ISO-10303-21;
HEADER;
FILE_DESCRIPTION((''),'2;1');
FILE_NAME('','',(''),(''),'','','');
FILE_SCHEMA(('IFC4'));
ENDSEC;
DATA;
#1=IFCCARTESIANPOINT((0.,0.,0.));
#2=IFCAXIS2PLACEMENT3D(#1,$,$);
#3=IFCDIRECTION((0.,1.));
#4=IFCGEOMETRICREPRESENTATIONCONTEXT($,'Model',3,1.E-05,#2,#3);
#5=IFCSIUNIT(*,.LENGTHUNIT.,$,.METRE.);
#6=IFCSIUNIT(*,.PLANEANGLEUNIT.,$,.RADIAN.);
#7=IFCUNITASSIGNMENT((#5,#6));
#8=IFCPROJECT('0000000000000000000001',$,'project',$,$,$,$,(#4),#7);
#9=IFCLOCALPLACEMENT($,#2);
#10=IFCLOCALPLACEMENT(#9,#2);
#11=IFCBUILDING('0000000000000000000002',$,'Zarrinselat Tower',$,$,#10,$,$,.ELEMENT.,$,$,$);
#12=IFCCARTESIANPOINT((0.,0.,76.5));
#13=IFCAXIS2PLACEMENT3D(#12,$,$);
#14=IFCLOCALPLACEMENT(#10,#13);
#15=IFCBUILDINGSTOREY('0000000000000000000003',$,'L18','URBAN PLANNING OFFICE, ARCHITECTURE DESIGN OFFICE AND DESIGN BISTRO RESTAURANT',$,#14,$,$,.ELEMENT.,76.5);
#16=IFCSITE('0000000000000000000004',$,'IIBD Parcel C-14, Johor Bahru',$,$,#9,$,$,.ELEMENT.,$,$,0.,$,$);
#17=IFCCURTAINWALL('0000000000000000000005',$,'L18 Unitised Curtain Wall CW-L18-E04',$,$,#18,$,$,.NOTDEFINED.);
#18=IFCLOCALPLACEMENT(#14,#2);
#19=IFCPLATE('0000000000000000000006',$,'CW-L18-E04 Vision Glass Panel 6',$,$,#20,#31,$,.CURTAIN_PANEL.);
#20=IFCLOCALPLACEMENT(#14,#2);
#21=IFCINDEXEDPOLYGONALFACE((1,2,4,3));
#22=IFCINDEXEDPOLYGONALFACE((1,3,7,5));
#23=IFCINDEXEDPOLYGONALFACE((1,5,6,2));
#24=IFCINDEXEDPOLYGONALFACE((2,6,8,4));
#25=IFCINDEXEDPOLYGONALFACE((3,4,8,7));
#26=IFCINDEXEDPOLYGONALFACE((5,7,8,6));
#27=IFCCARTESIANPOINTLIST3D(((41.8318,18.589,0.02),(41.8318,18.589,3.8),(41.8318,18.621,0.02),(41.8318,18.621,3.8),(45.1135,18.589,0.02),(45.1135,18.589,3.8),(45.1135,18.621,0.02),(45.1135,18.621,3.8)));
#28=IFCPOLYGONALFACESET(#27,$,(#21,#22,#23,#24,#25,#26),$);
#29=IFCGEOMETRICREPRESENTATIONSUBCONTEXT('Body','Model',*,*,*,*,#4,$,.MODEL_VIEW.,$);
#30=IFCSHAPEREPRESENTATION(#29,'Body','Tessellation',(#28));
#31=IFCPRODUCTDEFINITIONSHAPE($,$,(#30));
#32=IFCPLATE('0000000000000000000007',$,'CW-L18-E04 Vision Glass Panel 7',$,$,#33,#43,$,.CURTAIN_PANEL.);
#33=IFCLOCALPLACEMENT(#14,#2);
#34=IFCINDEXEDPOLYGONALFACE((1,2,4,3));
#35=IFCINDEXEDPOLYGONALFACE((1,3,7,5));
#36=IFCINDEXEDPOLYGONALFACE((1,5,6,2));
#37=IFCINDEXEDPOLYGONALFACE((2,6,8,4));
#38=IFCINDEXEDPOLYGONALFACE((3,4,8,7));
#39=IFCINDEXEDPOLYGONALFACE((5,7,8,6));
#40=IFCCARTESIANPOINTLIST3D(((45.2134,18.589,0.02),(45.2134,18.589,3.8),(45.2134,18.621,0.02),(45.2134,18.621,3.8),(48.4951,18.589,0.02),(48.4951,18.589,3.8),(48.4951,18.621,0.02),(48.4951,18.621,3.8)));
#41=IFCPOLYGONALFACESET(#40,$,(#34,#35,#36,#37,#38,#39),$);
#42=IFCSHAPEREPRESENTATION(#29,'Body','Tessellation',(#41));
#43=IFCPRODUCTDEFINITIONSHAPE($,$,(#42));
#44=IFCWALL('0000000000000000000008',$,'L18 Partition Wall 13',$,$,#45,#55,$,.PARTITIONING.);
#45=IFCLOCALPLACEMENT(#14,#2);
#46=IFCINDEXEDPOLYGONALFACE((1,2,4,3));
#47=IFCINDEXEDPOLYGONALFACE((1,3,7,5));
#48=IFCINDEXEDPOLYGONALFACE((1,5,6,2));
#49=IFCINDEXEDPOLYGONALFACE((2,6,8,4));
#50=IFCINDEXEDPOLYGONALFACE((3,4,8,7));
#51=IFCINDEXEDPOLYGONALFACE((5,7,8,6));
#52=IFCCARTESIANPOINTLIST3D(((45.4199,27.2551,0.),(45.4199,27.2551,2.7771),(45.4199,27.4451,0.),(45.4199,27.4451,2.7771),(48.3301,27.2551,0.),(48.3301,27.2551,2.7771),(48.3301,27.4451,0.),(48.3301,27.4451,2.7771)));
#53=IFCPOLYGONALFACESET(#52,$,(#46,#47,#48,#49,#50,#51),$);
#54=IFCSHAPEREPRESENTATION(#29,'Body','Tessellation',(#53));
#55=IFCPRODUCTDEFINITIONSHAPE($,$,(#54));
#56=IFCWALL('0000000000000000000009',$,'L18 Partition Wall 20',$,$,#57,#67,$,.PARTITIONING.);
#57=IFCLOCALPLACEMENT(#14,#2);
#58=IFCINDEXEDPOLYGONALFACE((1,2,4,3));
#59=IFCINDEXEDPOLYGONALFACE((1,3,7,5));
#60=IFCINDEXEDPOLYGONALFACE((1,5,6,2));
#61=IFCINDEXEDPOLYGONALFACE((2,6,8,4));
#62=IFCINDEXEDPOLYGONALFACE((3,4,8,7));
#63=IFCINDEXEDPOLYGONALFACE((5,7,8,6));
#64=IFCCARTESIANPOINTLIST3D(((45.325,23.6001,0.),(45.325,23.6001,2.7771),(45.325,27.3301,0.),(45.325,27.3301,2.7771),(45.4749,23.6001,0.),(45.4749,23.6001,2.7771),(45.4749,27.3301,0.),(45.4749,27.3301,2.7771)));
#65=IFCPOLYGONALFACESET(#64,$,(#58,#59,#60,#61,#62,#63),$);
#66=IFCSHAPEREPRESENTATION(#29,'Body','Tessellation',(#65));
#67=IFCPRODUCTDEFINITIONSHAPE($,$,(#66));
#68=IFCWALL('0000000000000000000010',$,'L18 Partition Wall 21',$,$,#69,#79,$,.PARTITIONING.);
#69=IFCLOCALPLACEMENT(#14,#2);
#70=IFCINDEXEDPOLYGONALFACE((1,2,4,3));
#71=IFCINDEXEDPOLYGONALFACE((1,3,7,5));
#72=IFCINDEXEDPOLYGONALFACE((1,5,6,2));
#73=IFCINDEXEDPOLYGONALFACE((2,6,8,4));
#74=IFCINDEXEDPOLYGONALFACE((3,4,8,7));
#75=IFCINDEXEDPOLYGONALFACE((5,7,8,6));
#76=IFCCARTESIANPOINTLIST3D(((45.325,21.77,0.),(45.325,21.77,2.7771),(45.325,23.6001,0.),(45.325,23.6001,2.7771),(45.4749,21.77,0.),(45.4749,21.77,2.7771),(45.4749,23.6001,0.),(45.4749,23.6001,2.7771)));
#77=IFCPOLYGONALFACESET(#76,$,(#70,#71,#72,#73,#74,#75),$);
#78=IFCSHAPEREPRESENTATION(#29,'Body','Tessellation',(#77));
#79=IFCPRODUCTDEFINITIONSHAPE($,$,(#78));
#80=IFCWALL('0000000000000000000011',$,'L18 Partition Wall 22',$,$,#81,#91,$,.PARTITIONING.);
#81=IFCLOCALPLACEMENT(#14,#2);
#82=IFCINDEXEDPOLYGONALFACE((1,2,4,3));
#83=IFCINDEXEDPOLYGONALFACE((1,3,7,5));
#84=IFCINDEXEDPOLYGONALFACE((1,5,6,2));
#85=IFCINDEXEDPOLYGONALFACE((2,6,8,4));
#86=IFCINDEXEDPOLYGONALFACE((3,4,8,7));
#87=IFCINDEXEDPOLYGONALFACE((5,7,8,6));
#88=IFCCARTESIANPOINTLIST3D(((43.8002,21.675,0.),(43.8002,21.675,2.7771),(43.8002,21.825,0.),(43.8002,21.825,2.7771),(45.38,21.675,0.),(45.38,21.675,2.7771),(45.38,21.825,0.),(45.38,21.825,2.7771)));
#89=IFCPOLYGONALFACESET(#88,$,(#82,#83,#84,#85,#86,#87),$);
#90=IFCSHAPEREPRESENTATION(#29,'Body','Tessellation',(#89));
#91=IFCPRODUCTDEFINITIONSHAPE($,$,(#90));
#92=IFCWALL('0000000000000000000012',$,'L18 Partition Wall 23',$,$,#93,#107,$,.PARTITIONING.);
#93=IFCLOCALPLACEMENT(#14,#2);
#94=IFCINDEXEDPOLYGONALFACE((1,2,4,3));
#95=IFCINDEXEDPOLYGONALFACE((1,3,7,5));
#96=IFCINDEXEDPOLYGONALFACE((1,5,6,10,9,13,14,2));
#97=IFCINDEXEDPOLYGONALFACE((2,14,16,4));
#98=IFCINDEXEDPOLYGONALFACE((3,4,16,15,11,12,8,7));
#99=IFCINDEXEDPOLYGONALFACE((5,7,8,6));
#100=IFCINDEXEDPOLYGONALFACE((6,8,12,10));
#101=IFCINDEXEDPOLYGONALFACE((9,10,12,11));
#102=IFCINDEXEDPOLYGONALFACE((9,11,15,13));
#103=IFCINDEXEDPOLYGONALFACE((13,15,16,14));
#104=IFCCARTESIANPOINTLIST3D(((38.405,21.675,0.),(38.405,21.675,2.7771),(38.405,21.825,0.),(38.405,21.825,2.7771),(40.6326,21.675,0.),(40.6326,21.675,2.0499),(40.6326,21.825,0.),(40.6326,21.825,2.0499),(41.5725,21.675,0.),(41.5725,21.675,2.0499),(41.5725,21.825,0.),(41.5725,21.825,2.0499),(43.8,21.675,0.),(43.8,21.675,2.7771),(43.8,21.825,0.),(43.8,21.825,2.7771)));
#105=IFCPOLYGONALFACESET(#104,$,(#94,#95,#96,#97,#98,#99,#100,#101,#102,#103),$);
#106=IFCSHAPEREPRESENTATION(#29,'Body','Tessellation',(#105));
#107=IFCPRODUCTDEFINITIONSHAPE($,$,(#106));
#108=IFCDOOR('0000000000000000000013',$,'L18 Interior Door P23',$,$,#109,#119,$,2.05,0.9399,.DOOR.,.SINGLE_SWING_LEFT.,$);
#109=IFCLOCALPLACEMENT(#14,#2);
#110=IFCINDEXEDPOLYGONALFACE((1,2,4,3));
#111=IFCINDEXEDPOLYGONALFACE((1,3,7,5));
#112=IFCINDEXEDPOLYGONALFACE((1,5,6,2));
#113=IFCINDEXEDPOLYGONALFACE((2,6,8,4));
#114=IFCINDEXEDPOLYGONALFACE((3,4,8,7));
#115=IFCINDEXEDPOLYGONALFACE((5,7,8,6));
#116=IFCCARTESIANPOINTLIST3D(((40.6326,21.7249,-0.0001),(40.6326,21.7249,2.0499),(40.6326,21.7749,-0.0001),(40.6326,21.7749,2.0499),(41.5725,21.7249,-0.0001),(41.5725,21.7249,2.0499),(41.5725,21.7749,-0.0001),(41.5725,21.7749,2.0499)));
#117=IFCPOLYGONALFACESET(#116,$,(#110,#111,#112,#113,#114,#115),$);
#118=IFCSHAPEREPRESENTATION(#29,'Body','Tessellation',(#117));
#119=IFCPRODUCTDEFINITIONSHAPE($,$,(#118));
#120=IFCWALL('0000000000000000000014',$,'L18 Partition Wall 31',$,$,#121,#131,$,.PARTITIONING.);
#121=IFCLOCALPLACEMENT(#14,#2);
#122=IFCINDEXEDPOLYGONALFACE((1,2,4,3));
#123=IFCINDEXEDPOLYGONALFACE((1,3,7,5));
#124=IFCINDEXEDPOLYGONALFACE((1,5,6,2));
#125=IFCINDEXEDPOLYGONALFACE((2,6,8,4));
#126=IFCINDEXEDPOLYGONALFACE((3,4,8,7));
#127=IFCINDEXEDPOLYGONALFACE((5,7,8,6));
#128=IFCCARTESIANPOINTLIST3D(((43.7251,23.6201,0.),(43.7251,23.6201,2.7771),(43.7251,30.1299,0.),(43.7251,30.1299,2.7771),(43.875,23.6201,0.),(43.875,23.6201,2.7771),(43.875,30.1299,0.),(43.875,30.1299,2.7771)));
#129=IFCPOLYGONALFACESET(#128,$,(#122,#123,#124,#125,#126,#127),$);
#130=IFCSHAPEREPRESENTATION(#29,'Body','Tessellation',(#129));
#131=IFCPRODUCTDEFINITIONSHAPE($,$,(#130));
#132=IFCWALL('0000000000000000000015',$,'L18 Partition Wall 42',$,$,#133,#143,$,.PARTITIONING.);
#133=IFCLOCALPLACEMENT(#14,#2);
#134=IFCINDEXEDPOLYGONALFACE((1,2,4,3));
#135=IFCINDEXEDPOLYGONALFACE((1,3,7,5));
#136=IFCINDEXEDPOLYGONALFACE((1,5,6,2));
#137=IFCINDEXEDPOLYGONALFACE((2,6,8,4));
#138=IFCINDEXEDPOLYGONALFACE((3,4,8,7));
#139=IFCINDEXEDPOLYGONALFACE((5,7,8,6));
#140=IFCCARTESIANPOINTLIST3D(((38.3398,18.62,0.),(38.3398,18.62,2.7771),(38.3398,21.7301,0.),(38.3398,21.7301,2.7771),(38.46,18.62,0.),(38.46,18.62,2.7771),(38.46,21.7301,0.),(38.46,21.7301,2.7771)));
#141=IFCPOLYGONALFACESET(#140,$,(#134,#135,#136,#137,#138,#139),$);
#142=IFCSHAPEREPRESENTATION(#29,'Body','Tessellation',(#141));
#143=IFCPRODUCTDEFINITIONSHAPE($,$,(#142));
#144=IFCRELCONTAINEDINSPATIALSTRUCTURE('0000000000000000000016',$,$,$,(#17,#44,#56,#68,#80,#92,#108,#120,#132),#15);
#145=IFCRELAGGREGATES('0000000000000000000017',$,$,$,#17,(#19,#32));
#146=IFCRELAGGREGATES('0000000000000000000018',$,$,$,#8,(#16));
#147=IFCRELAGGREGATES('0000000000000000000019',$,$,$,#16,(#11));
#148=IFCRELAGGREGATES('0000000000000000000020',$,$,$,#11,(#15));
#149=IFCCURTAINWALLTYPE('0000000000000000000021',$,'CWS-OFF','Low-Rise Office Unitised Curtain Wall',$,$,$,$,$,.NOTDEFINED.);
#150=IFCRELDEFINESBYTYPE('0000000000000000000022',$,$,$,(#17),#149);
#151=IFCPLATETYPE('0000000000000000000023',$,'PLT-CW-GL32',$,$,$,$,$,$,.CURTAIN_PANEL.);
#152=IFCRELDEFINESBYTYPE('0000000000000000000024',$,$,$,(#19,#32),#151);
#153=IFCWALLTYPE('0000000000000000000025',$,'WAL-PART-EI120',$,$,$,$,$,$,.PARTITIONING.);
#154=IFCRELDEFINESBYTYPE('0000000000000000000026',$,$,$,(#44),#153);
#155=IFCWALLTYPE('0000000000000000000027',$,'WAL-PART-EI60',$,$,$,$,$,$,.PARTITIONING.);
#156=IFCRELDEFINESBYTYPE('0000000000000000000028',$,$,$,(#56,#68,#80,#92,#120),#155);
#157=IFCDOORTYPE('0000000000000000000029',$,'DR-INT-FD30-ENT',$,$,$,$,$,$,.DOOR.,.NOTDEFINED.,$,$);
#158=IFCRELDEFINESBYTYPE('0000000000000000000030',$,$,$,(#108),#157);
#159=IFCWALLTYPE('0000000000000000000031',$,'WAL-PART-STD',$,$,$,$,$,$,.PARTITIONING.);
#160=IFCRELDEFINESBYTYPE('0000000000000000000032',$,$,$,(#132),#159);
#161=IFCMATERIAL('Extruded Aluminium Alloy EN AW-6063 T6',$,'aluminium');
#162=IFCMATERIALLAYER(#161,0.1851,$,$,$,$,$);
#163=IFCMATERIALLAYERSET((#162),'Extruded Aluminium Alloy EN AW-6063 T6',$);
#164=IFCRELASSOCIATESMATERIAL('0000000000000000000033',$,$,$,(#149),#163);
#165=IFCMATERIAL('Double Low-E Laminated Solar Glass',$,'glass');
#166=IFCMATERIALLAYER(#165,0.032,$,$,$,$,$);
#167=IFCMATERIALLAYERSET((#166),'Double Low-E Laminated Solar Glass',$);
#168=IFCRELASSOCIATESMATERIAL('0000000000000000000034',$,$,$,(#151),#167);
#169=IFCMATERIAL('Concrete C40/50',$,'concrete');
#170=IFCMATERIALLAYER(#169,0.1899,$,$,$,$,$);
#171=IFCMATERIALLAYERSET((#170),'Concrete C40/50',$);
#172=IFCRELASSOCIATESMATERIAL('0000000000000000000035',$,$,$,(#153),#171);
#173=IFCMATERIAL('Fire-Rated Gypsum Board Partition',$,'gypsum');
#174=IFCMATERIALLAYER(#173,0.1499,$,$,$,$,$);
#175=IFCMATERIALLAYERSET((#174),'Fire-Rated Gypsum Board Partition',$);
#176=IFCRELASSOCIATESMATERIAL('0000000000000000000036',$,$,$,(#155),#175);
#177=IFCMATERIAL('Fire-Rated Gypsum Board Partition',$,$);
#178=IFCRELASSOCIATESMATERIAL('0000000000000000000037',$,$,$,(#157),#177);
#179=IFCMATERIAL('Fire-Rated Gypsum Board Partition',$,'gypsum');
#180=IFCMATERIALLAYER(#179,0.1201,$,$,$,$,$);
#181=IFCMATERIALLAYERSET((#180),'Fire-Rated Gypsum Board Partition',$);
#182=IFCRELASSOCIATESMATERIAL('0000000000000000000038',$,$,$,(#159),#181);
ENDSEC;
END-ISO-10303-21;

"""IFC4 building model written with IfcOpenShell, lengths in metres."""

from ifc_helpers import new_model, si_unit, direction, frame, frame_2d, origin, origin_2d, place, context, subcontext, project, spatial, rectangle, extrude, material, layer, layer_set, type_object, element, fill, aggregate, save


model = new_model("IFC4")

# Units and contexts
model_context = context("Model", 3, precision=1e-05, world=origin(), true_north=direction((0.0, 1.0)))
body_context = subcontext(model_context, "Body", "Model", "MODEL_VIEW")
ifc_project = project(units=[si_unit("LENGTHUNIT", "METRE"), si_unit("PLANEANGLEUNIT", "RADIAN")], contexts=[model_context])

# Site, building, storey
site_placement = place(None, origin())
site = spatial("IfcSite", under=ifc_project, at=site_placement, Name="IIBD Parcel C-14, Johor Bahru", CompositionType="ELEMENT", RefElevation=0.0)
building_placement = place(site_placement, origin())
building = spatial("IfcBuilding", under=site, at=building_placement, Name="Zarrinselat Tower", CompositionType="ELEMENT")
storey_placement = place(building_placement, frame((0.0, 0.0, 76.5)))
storey = spatial("IfcBuildingStorey", under=building, at=storey_placement, Name="L18", Description="URBAN PLANNING OFFICE, ARCHITECTURE DESIGN OFFICE AND DESIGN BISTRO RESTAURANT", CompositionType="ELEMENT", Elevation=76.5)

# Curtain wall, plates
ifc_material_1 = material(Name="Extruded Aluminium Alloy EN AW-6063 T6", Category="aluminium")
ifc_layer_1 = layer(ifc_material_1, 0.1851)
ifc_layer_set_1 = layer_set([ifc_layer_1], Name="Extruded Aluminium Alloy EN AW-6063 T6")
curtain_wall_type = type_object("IfcCurtainWallType", Name="CWS-OFF", Description="Low-Rise Office Unitised Curtain Wall", PredefinedType="NOTDEFINED", material=ifc_layer_set_1)
curtain_wall_placement = place(storey_placement, origin())
curtain_wall = element("IfcCurtainWall", 1, at=curtain_wall_placement, inside=storey, type_object=curtain_wall_type, Name="L18 Unitised Curtain Wall CW-L18-E04", PredefinedType="NOTDEFINED")
ifc_material_2 = material(Name="Double Low-E Laminated Solar Glass", Category="glass")
ifc_layer_2 = layer(ifc_material_2, 0.032)
ifc_layer_set_2 = layer_set([ifc_layer_2], Name="Double Low-E Laminated Solar Glass")
plate_type = type_object("IfcPlateType", Name="PLT-CW-GL32", PredefinedType="CURTAIN_PANEL", material=ifc_layer_set_2)
plate_1_placement = place(storey_placement, frame((43.4727, 18.605, 0.02), z_axis=(0.0, 0.0, 1.0), x_axis=(1.0, 0.0, 0.0)))
plate_1 = element("IfcPlate", 2, at=plate_1_placement, type_object=plate_type, Name="CW-L18-E04 Vision Glass Panel 6", PredefinedType="CURTAIN_PANEL", context=body_context, shape_type="SweptSolid", body=[
    extrude(rectangle(XDim=3.2817, YDim=0.032, at=origin_2d()), origin(), (0.0, 0.0, 1.0), 3.78),
])
plate_2_placement = place(storey_placement, frame((46.8542, 18.605, 0.02), z_axis=(0.0, 0.0, 1.0), x_axis=(1.0, 0.0, 0.0)))
plate_2 = element("IfcPlate", 3, at=plate_2_placement, type_object=plate_type, Name="CW-L18-E04 Vision Glass Panel 7", PredefinedType="CURTAIN_PANEL", context=body_context, shape_type="SweptSolid", body=[
    extrude(rectangle(XDim=3.2817, YDim=0.032, at=origin_2d()), origin(), (0.0, 0.0, 1.0), 3.78),
])
aggregate(curtain_wall, [plate_1, plate_2])

# Walls
ifc_material_3 = material(Name="Concrete C40/50", Category="concrete")
ifc_layer_3 = layer(ifc_material_3, 0.1899)
ifc_layer_set_3 = layer_set([ifc_layer_3], Name="Concrete C40/50")
wall_type_1 = type_object("IfcWallType", Name="WAL-PART-EI120", PredefinedType="PARTITIONING", material=ifc_layer_set_3)
wall_1_placement = place(storey_placement, frame((45.4199, 27.3501, 0.0), z_axis=(0.0, 0.0, 1.0), x_axis=(1.0, 0.0, 0.0)))
element("IfcWall", 4, at=wall_1_placement, inside=storey, type_object=wall_type_1, Name="L18 Partition Wall 13", PredefinedType="PARTITIONING", context=body_context, shape_type="SweptSolid", body=[
    extrude(rectangle(XDim=2.9102, YDim=0.1899, at=frame_2d((1.4551, 0.0))), origin(), (0.0, 0.0, 1.0), 2.7771),
])
ifc_material_4 = material(Name="Fire-Rated Gypsum Board Partition", Category="gypsum")
ifc_layer_4 = layer(ifc_material_4, 0.1499)
ifc_layer_set_4 = layer_set([ifc_layer_4], Name="Fire-Rated Gypsum Board Partition")
wall_type_2 = type_object("IfcWallType", Name="WAL-PART-EI60", PredefinedType="PARTITIONING", material=ifc_layer_set_4)
wall_2_placement = place(storey_placement, frame((45.3999, 23.6001, 0.0), z_axis=(0.0, 0.0, 1.0), x_axis=(0.0, 1.0, 0.0)))
element("IfcWall", 5, at=wall_2_placement, inside=storey, type_object=wall_type_2, Name="L18 Partition Wall 20", PredefinedType="PARTITIONING", context=body_context, shape_type="SweptSolid", body=[
    extrude(rectangle(XDim=3.73, YDim=0.1499, at=frame_2d((1.865, 0.0))), origin(), (0.0, 0.0, 1.0), 2.7771),
])
wall_3_placement = place(storey_placement, frame((45.3999, 21.77, 0.0), z_axis=(0.0, 0.0, 1.0), x_axis=(0.0, 1.0, 0.0)))
element("IfcWall", 6, at=wall_3_placement, inside=storey, type_object=wall_type_2, Name="L18 Partition Wall 21", PredefinedType="PARTITIONING", context=body_context, shape_type="SweptSolid", body=[
    extrude(rectangle(XDim=1.8301, YDim=0.1499, at=frame_2d((0.915, 0.0))), origin(), (0.0, 0.0, 1.0), 2.7771),
])
wall_4_placement = place(storey_placement, frame((43.8, 21.75, 0.0), z_axis=(0.0, 0.0, 1.0), x_axis=(1.0, 0.0, 0.0)))
element("IfcWall", 7, at=wall_4_placement, inside=storey, type_object=wall_type_2, Name="L18 Partition Wall 22", PredefinedType="PARTITIONING", context=body_context, shape_type="SweptSolid", body=[
    extrude(rectangle(XDim=1.5798, YDim=0.1499, at=frame_2d((0.79, 0.0))), origin(), (0.0, 0.0, 1.0), 2.7771),
])

# Wall, opening, door
wall_5_placement = place(storey_placement, frame((38.405, 21.75, 0.0), z_axis=(0.0, 0.0, 1.0), x_axis=(1.0, 0.0, 0.0)))
wall_5 = element("IfcWall", 8, at=wall_5_placement, inside=storey, type_object=wall_type_2, Name="L18 Partition Wall 23", PredefinedType="PARTITIONING", context=body_context, shape_type="SweptSolid", body=[
    extrude(rectangle(XDim=5.395, YDim=0.1499, at=frame_2d((2.6975, 0.0))), origin(), (0.0, 0.0, 1.0), 2.7771),
])
opening_placement = place(wall_5_placement, frame((2.2275, 0.0, 0.0)))
opening = element("IfcOpeningElement", 9, at=opening_placement, cuts=wall_5, PredefinedType="OPENING", context=body_context, shape_type="SweptSolid", body=[
    extrude(rectangle(XDim=0.9399, YDim=2.05, at=frame_2d((0.47, 1.0249))), frame((0.0, 0.085, 0.0), z_axis=(0.0, -1.0, 0.0), x_axis=(1.0, 0.0, 0.0)), (0.0, 0.0, 1.0), 0.1699),
])
ifc_material_5 = material(Name="Fire-Rated Gypsum Board Partition")
door_type = type_object("IfcDoorType", Name="DR-INT-FD30-ENT", OperationType="NOTDEFINED", PredefinedType="DOOR", material=ifc_material_5)
door_placement = place(opening_placement, origin())
door = element("IfcDoor", 10, at=door_placement, inside=storey, type_object=door_type, Name="L18 Interior Door P23", OperationType="SINGLE_SWING_LEFT", OverallHeight=2.05, OverallWidth=0.9399, PredefinedType="DOOR", context=body_context, shape_type="SweptSolid", body=[
    extrude(rectangle(XDim=0.9399, YDim=2.05, at=frame_2d((0.47, 1.0249))), frame((0.0, 0.0249, 0.0), z_axis=(0.0, -1.0, 0.0), x_axis=(1.0, 0.0, 0.0)), (0.0, 0.0, 1.0), 0.05),
])
fill(opening, door)

# Walls
wall_6_placement = place(storey_placement, frame((43.8, 23.6201, 0.0), z_axis=(0.0, 0.0, 1.0), x_axis=(0.0, 1.0, 0.0)))
element("IfcWall", 11, at=wall_6_placement, inside=storey, type_object=wall_type_2, Name="L18 Partition Wall 31", PredefinedType="PARTITIONING", context=body_context, shape_type="SweptSolid", body=[
    extrude(rectangle(XDim=6.5098, YDim=0.1499, at=frame_2d((3.2549, 0.0))), origin(), (0.0, 0.0, 1.0), 2.7771),
])
ifc_material_6 = material(Name="Fire-Rated Gypsum Board Partition", Category="gypsum")
ifc_layer_5 = layer(ifc_material_6, 0.1201)
ifc_layer_set_5 = layer_set([ifc_layer_5], Name="Fire-Rated Gypsum Board Partition")
wall_type_3 = type_object("IfcWallType", Name="WAL-PART-STD", PredefinedType="PARTITIONING", material=ifc_layer_set_5)
wall_7_placement = place(storey_placement, frame((38.3999, 18.6199, 0.0), z_axis=(0.0, 0.0, 1.0), x_axis=(0.0, 1.0, 0.0)))
element("IfcWall", 12, at=wall_7_placement, inside=storey, type_object=wall_type_3, Name="L18 Partition Wall 42", PredefinedType="PARTITIONING", context=body_context, shape_type="SweptSolid", body=[
    extrude(rectangle(XDim=3.1101, YDim=0.1201, at=frame_2d((1.5552, 0.0))), origin(), (0.0, 0.0, 1.0), 2.7771),
])

save(model, "model.ifc")
